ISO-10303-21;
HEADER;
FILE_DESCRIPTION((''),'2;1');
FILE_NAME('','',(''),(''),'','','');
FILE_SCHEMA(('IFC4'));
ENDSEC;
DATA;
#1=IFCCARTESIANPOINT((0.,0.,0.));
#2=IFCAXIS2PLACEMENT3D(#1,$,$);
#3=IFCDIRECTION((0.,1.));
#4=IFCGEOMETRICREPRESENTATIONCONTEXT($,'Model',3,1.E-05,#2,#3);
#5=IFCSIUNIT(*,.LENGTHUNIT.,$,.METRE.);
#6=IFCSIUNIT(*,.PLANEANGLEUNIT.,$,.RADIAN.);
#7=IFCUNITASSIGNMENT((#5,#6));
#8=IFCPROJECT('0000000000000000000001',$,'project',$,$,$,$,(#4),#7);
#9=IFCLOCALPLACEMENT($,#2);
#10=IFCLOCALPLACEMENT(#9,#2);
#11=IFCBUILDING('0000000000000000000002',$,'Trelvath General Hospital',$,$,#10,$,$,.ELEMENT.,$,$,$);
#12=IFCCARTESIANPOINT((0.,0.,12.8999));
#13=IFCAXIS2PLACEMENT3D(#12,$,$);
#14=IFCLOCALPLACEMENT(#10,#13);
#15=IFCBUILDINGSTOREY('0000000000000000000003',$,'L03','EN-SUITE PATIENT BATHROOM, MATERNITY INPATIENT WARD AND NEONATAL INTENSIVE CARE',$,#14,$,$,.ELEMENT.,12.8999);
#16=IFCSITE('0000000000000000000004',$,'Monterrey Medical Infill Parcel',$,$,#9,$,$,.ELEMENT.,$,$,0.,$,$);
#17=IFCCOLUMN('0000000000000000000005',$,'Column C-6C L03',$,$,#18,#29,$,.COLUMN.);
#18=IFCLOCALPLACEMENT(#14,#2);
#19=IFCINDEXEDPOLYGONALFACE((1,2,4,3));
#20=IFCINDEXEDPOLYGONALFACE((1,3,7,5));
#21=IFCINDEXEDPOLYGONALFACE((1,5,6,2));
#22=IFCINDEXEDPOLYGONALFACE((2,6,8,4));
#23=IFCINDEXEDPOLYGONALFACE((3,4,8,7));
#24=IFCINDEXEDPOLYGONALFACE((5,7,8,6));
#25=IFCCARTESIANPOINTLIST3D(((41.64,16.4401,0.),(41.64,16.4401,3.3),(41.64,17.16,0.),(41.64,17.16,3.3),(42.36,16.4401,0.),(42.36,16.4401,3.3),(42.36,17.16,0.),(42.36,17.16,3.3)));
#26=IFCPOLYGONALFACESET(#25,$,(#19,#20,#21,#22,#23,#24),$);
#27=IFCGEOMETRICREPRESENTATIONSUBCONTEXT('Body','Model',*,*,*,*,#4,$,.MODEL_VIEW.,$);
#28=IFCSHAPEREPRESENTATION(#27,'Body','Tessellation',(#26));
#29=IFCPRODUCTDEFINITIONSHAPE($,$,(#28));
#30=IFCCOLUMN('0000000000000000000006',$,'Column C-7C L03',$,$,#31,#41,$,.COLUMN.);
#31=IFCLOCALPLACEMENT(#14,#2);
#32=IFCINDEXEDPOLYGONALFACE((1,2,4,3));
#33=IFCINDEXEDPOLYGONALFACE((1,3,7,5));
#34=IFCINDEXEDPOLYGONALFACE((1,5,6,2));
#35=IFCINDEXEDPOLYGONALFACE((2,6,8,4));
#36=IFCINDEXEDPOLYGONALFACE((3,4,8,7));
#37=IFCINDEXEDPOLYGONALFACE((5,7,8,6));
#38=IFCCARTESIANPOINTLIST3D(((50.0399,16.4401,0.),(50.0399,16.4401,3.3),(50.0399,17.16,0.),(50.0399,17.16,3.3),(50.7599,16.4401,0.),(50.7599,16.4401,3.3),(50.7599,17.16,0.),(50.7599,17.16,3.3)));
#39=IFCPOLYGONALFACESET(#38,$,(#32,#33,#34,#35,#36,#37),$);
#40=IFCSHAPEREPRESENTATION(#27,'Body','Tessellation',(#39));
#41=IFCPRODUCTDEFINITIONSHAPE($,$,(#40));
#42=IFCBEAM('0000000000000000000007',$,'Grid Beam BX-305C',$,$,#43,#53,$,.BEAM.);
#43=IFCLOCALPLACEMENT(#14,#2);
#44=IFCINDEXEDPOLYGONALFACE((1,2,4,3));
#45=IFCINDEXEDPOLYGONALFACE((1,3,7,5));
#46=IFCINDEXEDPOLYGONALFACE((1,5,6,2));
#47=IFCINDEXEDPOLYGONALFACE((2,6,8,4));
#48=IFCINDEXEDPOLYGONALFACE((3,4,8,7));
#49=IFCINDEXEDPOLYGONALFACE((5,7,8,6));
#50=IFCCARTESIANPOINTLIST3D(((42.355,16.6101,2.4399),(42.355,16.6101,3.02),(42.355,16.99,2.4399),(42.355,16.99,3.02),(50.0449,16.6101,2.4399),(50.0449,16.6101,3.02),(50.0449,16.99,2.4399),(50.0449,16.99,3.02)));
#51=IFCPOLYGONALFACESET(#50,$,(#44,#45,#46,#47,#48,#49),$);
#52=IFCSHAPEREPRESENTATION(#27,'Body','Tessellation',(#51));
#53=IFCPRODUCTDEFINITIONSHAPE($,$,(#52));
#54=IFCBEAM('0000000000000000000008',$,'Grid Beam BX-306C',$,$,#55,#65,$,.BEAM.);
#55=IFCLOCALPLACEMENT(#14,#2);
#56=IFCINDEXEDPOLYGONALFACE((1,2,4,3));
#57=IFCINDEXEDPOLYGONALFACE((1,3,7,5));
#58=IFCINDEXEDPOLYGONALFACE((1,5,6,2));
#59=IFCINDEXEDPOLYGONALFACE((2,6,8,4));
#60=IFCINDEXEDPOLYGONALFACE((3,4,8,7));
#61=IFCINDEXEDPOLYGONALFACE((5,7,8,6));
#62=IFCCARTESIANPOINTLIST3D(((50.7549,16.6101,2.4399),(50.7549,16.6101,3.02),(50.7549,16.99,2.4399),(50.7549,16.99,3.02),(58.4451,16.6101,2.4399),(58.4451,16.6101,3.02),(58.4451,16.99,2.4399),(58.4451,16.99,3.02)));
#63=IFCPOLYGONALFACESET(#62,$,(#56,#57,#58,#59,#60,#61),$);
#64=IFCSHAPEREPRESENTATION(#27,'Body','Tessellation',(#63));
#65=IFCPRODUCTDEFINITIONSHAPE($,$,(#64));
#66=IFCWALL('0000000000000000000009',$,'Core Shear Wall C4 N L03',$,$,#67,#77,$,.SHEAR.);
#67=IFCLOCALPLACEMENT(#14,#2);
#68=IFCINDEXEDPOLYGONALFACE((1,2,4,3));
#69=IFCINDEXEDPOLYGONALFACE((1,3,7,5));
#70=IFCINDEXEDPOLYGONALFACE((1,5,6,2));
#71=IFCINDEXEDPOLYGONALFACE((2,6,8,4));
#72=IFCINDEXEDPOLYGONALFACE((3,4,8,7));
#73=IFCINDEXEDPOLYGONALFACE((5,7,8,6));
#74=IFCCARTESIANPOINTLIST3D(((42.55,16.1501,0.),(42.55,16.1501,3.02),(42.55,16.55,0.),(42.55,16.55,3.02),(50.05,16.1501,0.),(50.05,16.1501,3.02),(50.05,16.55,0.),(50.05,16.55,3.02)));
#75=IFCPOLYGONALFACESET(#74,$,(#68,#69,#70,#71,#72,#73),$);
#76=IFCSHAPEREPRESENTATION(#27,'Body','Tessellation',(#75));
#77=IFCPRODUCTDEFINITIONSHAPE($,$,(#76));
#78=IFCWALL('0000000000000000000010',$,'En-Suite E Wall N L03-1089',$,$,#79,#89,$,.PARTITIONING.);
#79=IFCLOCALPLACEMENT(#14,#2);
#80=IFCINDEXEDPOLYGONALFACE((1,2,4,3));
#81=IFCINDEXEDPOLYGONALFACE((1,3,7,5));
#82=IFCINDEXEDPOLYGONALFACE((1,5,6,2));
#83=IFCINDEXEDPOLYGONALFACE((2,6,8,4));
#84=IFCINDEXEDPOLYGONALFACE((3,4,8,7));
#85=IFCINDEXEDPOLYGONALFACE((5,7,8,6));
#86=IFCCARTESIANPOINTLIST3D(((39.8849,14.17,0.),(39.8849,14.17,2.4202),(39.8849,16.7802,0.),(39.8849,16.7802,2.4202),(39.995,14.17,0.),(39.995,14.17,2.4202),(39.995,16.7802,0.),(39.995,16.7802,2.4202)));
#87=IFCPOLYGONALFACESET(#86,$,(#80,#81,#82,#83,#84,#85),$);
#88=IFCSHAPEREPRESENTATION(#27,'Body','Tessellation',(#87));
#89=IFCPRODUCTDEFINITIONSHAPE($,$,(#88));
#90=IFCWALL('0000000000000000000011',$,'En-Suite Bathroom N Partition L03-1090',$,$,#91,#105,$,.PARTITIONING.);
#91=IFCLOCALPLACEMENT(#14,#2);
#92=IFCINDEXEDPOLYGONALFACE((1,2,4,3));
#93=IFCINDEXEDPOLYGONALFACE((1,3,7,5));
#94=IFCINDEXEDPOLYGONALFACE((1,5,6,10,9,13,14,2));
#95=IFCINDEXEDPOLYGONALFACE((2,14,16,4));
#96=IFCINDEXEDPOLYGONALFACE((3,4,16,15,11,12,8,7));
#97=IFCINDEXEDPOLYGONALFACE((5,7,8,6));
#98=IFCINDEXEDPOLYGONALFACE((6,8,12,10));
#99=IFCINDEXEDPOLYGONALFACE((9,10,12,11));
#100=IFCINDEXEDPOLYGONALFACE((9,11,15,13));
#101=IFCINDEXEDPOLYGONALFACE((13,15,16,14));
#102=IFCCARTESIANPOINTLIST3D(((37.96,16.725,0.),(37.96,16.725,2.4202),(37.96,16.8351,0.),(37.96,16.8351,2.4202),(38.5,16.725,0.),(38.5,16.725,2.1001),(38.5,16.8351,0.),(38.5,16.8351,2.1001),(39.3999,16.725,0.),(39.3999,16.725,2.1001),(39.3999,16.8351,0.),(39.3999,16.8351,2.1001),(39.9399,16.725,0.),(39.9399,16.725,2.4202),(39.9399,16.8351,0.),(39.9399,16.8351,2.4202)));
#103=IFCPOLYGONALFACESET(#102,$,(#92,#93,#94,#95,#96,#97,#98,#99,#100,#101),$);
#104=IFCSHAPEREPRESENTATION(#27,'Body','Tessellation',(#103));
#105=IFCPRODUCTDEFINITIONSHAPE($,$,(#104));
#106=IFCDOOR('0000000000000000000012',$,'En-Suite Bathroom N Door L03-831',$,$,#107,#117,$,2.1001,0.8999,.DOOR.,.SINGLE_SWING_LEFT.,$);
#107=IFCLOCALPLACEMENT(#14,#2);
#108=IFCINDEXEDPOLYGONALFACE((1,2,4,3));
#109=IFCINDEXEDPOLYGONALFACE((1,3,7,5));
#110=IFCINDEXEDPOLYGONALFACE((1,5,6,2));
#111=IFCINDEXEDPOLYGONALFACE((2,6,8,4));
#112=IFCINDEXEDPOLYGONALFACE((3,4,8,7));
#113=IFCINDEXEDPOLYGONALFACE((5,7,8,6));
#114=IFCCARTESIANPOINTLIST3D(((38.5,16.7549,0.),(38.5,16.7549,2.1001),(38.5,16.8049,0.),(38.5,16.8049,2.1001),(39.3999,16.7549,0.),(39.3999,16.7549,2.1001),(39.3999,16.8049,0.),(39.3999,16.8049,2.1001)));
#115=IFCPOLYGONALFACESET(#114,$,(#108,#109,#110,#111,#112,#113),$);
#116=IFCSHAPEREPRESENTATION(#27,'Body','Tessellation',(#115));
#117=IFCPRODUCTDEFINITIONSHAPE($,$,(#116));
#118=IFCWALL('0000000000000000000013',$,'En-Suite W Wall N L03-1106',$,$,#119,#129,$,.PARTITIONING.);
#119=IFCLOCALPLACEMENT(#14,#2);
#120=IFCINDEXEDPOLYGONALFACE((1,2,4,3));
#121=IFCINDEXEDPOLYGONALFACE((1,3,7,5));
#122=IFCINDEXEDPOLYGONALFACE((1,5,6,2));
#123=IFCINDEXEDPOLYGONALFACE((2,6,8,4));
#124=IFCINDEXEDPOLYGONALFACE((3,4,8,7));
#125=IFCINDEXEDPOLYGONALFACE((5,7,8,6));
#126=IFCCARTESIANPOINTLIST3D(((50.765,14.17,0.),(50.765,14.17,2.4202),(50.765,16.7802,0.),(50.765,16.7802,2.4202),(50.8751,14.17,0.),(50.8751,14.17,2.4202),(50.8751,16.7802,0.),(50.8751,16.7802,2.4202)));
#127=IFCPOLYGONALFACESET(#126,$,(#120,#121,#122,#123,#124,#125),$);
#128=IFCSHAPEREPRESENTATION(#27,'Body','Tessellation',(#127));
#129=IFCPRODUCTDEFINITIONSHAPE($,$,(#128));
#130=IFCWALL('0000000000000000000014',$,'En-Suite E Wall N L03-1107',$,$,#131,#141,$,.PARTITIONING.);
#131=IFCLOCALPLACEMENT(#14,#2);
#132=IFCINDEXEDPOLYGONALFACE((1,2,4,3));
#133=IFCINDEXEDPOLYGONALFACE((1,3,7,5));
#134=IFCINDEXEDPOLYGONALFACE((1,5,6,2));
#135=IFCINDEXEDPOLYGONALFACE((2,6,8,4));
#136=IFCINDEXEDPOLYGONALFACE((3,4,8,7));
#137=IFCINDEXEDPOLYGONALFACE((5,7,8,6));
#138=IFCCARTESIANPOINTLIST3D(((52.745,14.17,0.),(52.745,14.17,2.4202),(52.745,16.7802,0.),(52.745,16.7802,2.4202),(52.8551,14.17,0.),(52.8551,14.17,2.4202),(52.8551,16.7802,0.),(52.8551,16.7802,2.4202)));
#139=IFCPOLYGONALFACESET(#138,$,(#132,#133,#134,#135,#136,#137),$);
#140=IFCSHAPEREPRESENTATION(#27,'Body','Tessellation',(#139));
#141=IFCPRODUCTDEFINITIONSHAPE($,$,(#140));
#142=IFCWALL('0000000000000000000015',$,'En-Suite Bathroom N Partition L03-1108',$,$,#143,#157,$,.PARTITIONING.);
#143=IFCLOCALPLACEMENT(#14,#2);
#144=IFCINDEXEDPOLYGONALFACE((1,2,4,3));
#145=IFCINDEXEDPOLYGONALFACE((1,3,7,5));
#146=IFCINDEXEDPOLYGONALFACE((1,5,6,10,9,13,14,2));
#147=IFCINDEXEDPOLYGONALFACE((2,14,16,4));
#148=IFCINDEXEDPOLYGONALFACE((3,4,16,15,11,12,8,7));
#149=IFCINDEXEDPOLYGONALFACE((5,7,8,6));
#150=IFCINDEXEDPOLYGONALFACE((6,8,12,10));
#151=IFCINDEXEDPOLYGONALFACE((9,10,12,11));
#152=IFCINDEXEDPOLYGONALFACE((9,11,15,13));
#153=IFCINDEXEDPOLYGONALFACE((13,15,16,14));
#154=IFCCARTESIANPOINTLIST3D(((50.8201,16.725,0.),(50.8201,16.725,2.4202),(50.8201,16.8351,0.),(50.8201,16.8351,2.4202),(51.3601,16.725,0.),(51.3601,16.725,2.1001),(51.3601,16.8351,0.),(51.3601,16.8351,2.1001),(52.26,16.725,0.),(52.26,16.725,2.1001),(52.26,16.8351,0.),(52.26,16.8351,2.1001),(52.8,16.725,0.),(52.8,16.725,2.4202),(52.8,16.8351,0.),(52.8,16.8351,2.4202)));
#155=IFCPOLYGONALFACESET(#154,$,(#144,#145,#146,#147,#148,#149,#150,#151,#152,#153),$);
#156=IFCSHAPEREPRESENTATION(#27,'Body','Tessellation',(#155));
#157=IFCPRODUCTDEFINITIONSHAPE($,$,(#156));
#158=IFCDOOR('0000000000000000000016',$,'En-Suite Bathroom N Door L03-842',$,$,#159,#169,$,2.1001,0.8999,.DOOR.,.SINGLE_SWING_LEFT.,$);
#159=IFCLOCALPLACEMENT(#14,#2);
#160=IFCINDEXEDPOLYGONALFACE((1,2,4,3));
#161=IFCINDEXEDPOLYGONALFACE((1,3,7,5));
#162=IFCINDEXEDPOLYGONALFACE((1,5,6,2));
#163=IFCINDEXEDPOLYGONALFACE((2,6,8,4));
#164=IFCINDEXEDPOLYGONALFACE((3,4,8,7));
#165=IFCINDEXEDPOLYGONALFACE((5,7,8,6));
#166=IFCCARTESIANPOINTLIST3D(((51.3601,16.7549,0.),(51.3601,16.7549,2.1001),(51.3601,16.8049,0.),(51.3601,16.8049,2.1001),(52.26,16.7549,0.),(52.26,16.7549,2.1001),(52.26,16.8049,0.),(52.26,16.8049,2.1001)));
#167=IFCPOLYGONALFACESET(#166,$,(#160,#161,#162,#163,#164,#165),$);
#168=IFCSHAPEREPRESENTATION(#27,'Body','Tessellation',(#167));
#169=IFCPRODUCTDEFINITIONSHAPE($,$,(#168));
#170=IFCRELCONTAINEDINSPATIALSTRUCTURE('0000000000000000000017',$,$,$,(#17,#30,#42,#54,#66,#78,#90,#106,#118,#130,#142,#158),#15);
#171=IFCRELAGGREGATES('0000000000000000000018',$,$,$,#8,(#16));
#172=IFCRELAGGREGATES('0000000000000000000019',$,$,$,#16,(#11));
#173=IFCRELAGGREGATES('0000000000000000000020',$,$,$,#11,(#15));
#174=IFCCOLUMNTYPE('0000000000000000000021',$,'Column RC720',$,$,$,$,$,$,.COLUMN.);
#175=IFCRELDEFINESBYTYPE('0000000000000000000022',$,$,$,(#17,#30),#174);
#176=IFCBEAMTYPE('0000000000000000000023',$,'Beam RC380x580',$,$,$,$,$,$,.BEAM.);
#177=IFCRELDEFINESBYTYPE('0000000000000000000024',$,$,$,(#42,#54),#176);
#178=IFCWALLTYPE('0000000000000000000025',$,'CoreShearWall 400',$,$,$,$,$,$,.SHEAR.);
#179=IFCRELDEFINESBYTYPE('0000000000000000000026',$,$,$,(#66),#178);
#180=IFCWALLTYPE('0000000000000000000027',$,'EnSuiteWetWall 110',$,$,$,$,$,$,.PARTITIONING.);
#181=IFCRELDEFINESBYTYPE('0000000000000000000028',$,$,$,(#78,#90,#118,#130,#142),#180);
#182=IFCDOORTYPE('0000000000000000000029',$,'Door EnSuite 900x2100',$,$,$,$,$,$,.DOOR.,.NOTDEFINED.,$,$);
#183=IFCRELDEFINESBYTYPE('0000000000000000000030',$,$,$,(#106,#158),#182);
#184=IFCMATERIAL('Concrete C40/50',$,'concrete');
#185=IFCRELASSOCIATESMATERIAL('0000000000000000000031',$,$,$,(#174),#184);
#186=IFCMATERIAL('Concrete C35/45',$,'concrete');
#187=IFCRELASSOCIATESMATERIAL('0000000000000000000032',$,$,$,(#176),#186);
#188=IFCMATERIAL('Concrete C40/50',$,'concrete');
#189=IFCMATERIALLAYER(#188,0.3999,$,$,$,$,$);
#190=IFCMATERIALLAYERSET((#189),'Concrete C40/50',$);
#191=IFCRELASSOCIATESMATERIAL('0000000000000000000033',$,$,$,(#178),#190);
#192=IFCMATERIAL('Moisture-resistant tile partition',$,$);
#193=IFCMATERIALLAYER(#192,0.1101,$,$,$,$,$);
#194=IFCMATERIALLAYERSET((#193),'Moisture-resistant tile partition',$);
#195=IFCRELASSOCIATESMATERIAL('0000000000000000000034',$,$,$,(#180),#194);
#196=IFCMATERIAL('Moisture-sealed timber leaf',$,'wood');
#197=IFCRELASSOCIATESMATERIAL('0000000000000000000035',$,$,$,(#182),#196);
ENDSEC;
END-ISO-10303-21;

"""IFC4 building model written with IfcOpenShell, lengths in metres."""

from ifc_helpers import new_model, si_unit, direction, frame, frame_2d, origin, origin_2d, place, context, subcontext, project, spatial, rectangle, extrude, material, layer, layer_set, material_profile, profile_set, type_object, element, fill, save


model = new_model("IFC4")

# Units and contexts
model_context = context("Model", 3, precision=1e-05, world=origin(), true_north=direction((0.0, 1.0)))
body_context = subcontext(model_context, "Body", "Model", "MODEL_VIEW")
ifc_project = project(units=[si_unit("LENGTHUNIT", "METRE"), si_unit("PLANEANGLEUNIT", "RADIAN")], contexts=[model_context])

# Site, building, storey
site_placement = place(None, origin())
site = spatial("IfcSite", under=ifc_project, at=site_placement, Name="Monterrey Medical Infill Parcel", CompositionType="ELEMENT", RefElevation=0.0)
building_placement = place(site_placement, origin())
building = spatial("IfcBuilding", under=site, at=building_placement, Name="Trelvath General Hospital", CompositionType="ELEMENT")
storey_placement = place(building_placement, frame((0.0, 0.0, 12.8999)))
storey = spatial("IfcBuildingStorey", under=building, at=storey_placement, Name="L03", Description="EN-SUITE PATIENT BATHROOM, MATERNITY INPATIENT WARD AND NEONATAL INTENSIVE CARE", CompositionType="ELEMENT", Elevation=12.8999)

# Columns
ifc_material_1 = material(Name="Concrete C40/50", Category="concrete")
ifc_material_profile_1 = material_profile(ifc_material_1, rectangle(XDim=0.72, YDim=0.72, at=origin_2d()), Name="RC720x720")
ifc_profile_set_1 = profile_set([ifc_material_profile_1], Name="Concrete C40/50")
column_type = type_object("IfcColumnType", Name="Column RC720", PredefinedType="COLUMN", material=ifc_profile_set_1)
for number, where, z_axis, x_axis, name in (
    (1, (42.0, 16.8, 0.0), (0.0, 0.0, 1.0), (1.0, 0.0, 0.0), "Column C-6C L03"),
    (2, (50.3999, 16.8, 0.0), (0.0, 0.0, 1.0), (1.0, 0.0, 0.0), "Column C-7C L03"),
):
    element("IfcColumn", number, at=place(storey_placement, frame(where, z_axis=z_axis, x_axis=x_axis)), inside=storey, type_object=column_type, Name=name, PredefinedType="COLUMN", context=body_context, shape_type="SweptSolid", body=[
        extrude(rectangle(XDim=0.72, YDim=0.72, at=origin_2d()), origin(), (0.0, 0.0, 1.0), 3.3),
    ])

# Beams
ifc_material_2 = material(Name="Concrete C35/45", Category="concrete")
ifc_material_profile_2 = material_profile(ifc_material_2, rectangle(XDim=0.3799, YDim=0.5801, at=origin_2d()), Name="RCB380x580")
ifc_profile_set_2 = profile_set([ifc_material_profile_2], Name="Concrete C35/45")
beam_type = type_object("IfcBeamType", Name="Beam RC380x580", PredefinedType="BEAM", material=ifc_profile_set_2)
beam_1_placement = place(storey_placement, frame((42.355, 16.8, 2.73), z_axis=(1.0, 0.0, 0.0), x_axis=(0.0, 1.0, 0.0)))
element("IfcBeam", 3, at=beam_1_placement, inside=storey, type_object=beam_type, Name="Grid Beam BX-305C", PredefinedType="BEAM", context=body_context, shape_type="SweptSolid", body=[
    extrude(rectangle(XDim=0.3799, YDim=0.5801, at=origin_2d()), origin(), (0.0, 0.0, 1.0), 7.6899),
])
beam_2_placement = place(storey_placement, frame((50.7549, 16.8, 2.73), z_axis=(1.0, 0.0, 0.0), x_axis=(0.0, 1.0, 0.0)))
element("IfcBeam", 4, at=beam_2_placement, inside=storey, type_object=beam_type, Name="Grid Beam BX-306C", PredefinedType="BEAM", context=body_context, shape_type="SweptSolid", body=[
    extrude(rectangle(XDim=0.3799, YDim=0.5801, at=origin_2d()), origin(), (0.0, 0.0, 1.0), 7.6902),
])

# Walls
ifc_material_3 = material(Name="Concrete C40/50", Category="concrete")
ifc_layer_1 = layer(ifc_material_3, 0.3999)
ifc_layer_set_1 = layer_set([ifc_layer_1], Name="Concrete C40/50")
wall_type_1 = type_object("IfcWallType", Name="CoreShearWall 400", PredefinedType="SHEAR", material=ifc_layer_set_1)
wall_1_placement = place(storey_placement, frame((42.55, 16.3501, 0.0), z_axis=(0.0, 0.0, 1.0), x_axis=(1.0, 0.0, 0.0)))
element("IfcWall", 5, at=wall_1_placement, inside=storey, type_object=wall_type_1, Name="Core Shear Wall C4 N L03", PredefinedType="SHEAR", context=body_context, shape_type="SweptSolid", body=[
    extrude(rectangle(XDim=7.5, YDim=0.3999, at=frame_2d((3.75, 0.0))), origin(), (0.0, 0.0, 1.0), 3.02),
])
ifc_material_4 = material(Name="Moisture-resistant tile partition")
ifc_layer_2 = layer(ifc_material_4, 0.1101)
ifc_layer_set_2 = layer_set([ifc_layer_2], Name="Moisture-resistant tile partition")
wall_type_2 = type_object("IfcWallType", Name="EnSuiteWetWall 110", PredefinedType="PARTITIONING", material=ifc_layer_set_2)
wall_2_placement = place(storey_placement, frame((39.9399, 14.1699, 0.0), z_axis=(0.0, 0.0, 1.0), x_axis=(0.0, 1.0, 0.0)))
element("IfcWall", 6, at=wall_2_placement, inside=storey, type_object=wall_type_2, Name="En-Suite E Wall N L03-1089", PredefinedType="PARTITIONING", context=body_context, shape_type="SweptSolid", body=[
    extrude(rectangle(XDim=2.6101, YDim=0.1101, at=frame_2d((1.3052, 0.0))), origin(), (0.0, 0.0, 1.0), 2.4202),
])

# Wall, opening, door
wall_3_placement = place(storey_placement, frame((37.96, 16.78, 0.0), z_axis=(0.0, 0.0, 1.0), x_axis=(1.0, 0.0, 0.0)))
wall_3 = element("IfcWall", 7, at=wall_3_placement, inside=storey, type_object=wall_type_2, Name="En-Suite Bathroom N Partition L03-1090", PredefinedType="PARTITIONING", context=body_context, shape_type="SweptSolid", body=[
    extrude(rectangle(XDim=1.98, YDim=0.1101, at=frame_2d((0.99, 0.0))), origin(), (0.0, 0.0, 1.0), 2.4202),
])
opening_1_placement = place(wall_3_placement, frame((0.54, 0.0, 0.0)))
opening_1 = element("IfcOpeningElement", 8, at=opening_1_placement, cuts=wall_3, PredefinedType="OPENING", context=body_context, shape_type="SweptSolid", body=[
    extrude(rectangle(XDim=0.8999, YDim=2.1001, at=frame_2d((0.45, 1.05))), frame((0.0, 0.0649, 0.0), z_axis=(0.0, -1.0, 0.0), x_axis=(1.0, 0.0, 0.0)), (0.0, 0.0, 1.0), 0.1301),
])
ifc_material_5 = material(Name="Moisture-sealed timber leaf", Category="wood")
door_type_1 = type_object("IfcDoorType", Name="Door EnSuite 900x2100", OperationType="NOTDEFINED", PredefinedType="DOOR", material=ifc_material_5)
door_1_placement = place(opening_1_placement, origin())
door_1 = element("IfcDoor", 9, at=door_1_placement, inside=storey, type_object=door_type_1, Name="En-Suite Bathroom N Door L03-831", OperationType="SINGLE_SWING_LEFT", OverallHeight=2.1001, OverallWidth=0.8999, PredefinedType="DOOR", context=body_context, shape_type="SweptSolid", body=[
    extrude(rectangle(XDim=0.8999, YDim=2.1001, at=frame_2d((0.45, 1.05))), frame((0.0, 0.0249, 0.0), z_axis=(0.0, -1.0, 0.0), x_axis=(1.0, 0.0, 0.0)), (0.0, 0.0, 1.0), 0.05),
])
fill(opening_1, door_1)

# Walls
for number, where, z_axis, x_axis, name in (
    (10, (50.8201, 14.1699, 0.0), (0.0, 0.0, 1.0), (0.0, 1.0, 0.0), "En-Suite W Wall N L03-1106"),
    (11, (52.8, 14.1699, 0.0), (0.0, 0.0, 1.0), (0.0, 1.0, 0.0), "En-Suite E Wall N L03-1107"),
):
    element("IfcWall", number, at=place(storey_placement, frame(where, z_axis=z_axis, x_axis=x_axis)), inside=storey, type_object=wall_type_2, Name=name, PredefinedType="PARTITIONING", context=body_context, shape_type="SweptSolid", body=[
        extrude(rectangle(XDim=2.6101, YDim=0.1101, at=frame_2d((1.3052, 0.0))), origin(), (0.0, 0.0, 1.0), 2.4202),
    ])

# Wall, opening, door
wall_4_placement = place(storey_placement, frame((50.8201, 16.78, 0.0), z_axis=(0.0, 0.0, 1.0), x_axis=(1.0, 0.0, 0.0)))
wall_4 = element("IfcWall", 12, at=wall_4_placement, inside=storey, type_object=wall_type_2, Name="En-Suite Bathroom N Partition L03-1108", PredefinedType="PARTITIONING", context=body_context, shape_type="SweptSolid", body=[
    extrude(rectangle(XDim=1.98, YDim=0.1101, at=frame_2d((0.99, 0.0))), origin(), (0.0, 0.0, 1.0), 2.4202),
])
opening_2_placement = place(wall_4_placement, frame((0.54, 0.0, 0.0)))
opening_2 = element("IfcOpeningElement", 13, at=opening_2_placement, cuts=wall_4, PredefinedType="OPENING", context=body_context, shape_type="SweptSolid", body=[
    extrude(rectangle(XDim=0.8999, YDim=2.1001, at=frame_2d((0.45, 1.05))), frame((0.0, 0.0649, 0.0), z_axis=(0.0, -1.0, 0.0), x_axis=(1.0, 0.0, 0.0)), (0.0, 0.0, 1.0), 0.1301),
])
door_2_placement = place(opening_2_placement, origin())
door_2 = element("IfcDoor", 14, at=door_2_placement, inside=storey, type_object=door_type_1, Name="En-Suite Bathroom N Door L03-842", OperationType="SINGLE_SWING_LEFT", OverallHeight=2.1001, OverallWidth=0.8999, PredefinedType="DOOR", context=body_context, shape_type="SweptSolid", body=[
    extrude(rectangle(XDim=0.8999, YDim=2.1001, at=frame_2d((0.45, 1.05))), frame((0.0, 0.0249, 0.0), z_axis=(0.0, -1.0, 0.0), x_axis=(1.0, 0.0, 0.0)), (0.0, 0.0, 1.0), 0.05),
])
fill(opening_2, door_2)

save(model, "model.ifc")
